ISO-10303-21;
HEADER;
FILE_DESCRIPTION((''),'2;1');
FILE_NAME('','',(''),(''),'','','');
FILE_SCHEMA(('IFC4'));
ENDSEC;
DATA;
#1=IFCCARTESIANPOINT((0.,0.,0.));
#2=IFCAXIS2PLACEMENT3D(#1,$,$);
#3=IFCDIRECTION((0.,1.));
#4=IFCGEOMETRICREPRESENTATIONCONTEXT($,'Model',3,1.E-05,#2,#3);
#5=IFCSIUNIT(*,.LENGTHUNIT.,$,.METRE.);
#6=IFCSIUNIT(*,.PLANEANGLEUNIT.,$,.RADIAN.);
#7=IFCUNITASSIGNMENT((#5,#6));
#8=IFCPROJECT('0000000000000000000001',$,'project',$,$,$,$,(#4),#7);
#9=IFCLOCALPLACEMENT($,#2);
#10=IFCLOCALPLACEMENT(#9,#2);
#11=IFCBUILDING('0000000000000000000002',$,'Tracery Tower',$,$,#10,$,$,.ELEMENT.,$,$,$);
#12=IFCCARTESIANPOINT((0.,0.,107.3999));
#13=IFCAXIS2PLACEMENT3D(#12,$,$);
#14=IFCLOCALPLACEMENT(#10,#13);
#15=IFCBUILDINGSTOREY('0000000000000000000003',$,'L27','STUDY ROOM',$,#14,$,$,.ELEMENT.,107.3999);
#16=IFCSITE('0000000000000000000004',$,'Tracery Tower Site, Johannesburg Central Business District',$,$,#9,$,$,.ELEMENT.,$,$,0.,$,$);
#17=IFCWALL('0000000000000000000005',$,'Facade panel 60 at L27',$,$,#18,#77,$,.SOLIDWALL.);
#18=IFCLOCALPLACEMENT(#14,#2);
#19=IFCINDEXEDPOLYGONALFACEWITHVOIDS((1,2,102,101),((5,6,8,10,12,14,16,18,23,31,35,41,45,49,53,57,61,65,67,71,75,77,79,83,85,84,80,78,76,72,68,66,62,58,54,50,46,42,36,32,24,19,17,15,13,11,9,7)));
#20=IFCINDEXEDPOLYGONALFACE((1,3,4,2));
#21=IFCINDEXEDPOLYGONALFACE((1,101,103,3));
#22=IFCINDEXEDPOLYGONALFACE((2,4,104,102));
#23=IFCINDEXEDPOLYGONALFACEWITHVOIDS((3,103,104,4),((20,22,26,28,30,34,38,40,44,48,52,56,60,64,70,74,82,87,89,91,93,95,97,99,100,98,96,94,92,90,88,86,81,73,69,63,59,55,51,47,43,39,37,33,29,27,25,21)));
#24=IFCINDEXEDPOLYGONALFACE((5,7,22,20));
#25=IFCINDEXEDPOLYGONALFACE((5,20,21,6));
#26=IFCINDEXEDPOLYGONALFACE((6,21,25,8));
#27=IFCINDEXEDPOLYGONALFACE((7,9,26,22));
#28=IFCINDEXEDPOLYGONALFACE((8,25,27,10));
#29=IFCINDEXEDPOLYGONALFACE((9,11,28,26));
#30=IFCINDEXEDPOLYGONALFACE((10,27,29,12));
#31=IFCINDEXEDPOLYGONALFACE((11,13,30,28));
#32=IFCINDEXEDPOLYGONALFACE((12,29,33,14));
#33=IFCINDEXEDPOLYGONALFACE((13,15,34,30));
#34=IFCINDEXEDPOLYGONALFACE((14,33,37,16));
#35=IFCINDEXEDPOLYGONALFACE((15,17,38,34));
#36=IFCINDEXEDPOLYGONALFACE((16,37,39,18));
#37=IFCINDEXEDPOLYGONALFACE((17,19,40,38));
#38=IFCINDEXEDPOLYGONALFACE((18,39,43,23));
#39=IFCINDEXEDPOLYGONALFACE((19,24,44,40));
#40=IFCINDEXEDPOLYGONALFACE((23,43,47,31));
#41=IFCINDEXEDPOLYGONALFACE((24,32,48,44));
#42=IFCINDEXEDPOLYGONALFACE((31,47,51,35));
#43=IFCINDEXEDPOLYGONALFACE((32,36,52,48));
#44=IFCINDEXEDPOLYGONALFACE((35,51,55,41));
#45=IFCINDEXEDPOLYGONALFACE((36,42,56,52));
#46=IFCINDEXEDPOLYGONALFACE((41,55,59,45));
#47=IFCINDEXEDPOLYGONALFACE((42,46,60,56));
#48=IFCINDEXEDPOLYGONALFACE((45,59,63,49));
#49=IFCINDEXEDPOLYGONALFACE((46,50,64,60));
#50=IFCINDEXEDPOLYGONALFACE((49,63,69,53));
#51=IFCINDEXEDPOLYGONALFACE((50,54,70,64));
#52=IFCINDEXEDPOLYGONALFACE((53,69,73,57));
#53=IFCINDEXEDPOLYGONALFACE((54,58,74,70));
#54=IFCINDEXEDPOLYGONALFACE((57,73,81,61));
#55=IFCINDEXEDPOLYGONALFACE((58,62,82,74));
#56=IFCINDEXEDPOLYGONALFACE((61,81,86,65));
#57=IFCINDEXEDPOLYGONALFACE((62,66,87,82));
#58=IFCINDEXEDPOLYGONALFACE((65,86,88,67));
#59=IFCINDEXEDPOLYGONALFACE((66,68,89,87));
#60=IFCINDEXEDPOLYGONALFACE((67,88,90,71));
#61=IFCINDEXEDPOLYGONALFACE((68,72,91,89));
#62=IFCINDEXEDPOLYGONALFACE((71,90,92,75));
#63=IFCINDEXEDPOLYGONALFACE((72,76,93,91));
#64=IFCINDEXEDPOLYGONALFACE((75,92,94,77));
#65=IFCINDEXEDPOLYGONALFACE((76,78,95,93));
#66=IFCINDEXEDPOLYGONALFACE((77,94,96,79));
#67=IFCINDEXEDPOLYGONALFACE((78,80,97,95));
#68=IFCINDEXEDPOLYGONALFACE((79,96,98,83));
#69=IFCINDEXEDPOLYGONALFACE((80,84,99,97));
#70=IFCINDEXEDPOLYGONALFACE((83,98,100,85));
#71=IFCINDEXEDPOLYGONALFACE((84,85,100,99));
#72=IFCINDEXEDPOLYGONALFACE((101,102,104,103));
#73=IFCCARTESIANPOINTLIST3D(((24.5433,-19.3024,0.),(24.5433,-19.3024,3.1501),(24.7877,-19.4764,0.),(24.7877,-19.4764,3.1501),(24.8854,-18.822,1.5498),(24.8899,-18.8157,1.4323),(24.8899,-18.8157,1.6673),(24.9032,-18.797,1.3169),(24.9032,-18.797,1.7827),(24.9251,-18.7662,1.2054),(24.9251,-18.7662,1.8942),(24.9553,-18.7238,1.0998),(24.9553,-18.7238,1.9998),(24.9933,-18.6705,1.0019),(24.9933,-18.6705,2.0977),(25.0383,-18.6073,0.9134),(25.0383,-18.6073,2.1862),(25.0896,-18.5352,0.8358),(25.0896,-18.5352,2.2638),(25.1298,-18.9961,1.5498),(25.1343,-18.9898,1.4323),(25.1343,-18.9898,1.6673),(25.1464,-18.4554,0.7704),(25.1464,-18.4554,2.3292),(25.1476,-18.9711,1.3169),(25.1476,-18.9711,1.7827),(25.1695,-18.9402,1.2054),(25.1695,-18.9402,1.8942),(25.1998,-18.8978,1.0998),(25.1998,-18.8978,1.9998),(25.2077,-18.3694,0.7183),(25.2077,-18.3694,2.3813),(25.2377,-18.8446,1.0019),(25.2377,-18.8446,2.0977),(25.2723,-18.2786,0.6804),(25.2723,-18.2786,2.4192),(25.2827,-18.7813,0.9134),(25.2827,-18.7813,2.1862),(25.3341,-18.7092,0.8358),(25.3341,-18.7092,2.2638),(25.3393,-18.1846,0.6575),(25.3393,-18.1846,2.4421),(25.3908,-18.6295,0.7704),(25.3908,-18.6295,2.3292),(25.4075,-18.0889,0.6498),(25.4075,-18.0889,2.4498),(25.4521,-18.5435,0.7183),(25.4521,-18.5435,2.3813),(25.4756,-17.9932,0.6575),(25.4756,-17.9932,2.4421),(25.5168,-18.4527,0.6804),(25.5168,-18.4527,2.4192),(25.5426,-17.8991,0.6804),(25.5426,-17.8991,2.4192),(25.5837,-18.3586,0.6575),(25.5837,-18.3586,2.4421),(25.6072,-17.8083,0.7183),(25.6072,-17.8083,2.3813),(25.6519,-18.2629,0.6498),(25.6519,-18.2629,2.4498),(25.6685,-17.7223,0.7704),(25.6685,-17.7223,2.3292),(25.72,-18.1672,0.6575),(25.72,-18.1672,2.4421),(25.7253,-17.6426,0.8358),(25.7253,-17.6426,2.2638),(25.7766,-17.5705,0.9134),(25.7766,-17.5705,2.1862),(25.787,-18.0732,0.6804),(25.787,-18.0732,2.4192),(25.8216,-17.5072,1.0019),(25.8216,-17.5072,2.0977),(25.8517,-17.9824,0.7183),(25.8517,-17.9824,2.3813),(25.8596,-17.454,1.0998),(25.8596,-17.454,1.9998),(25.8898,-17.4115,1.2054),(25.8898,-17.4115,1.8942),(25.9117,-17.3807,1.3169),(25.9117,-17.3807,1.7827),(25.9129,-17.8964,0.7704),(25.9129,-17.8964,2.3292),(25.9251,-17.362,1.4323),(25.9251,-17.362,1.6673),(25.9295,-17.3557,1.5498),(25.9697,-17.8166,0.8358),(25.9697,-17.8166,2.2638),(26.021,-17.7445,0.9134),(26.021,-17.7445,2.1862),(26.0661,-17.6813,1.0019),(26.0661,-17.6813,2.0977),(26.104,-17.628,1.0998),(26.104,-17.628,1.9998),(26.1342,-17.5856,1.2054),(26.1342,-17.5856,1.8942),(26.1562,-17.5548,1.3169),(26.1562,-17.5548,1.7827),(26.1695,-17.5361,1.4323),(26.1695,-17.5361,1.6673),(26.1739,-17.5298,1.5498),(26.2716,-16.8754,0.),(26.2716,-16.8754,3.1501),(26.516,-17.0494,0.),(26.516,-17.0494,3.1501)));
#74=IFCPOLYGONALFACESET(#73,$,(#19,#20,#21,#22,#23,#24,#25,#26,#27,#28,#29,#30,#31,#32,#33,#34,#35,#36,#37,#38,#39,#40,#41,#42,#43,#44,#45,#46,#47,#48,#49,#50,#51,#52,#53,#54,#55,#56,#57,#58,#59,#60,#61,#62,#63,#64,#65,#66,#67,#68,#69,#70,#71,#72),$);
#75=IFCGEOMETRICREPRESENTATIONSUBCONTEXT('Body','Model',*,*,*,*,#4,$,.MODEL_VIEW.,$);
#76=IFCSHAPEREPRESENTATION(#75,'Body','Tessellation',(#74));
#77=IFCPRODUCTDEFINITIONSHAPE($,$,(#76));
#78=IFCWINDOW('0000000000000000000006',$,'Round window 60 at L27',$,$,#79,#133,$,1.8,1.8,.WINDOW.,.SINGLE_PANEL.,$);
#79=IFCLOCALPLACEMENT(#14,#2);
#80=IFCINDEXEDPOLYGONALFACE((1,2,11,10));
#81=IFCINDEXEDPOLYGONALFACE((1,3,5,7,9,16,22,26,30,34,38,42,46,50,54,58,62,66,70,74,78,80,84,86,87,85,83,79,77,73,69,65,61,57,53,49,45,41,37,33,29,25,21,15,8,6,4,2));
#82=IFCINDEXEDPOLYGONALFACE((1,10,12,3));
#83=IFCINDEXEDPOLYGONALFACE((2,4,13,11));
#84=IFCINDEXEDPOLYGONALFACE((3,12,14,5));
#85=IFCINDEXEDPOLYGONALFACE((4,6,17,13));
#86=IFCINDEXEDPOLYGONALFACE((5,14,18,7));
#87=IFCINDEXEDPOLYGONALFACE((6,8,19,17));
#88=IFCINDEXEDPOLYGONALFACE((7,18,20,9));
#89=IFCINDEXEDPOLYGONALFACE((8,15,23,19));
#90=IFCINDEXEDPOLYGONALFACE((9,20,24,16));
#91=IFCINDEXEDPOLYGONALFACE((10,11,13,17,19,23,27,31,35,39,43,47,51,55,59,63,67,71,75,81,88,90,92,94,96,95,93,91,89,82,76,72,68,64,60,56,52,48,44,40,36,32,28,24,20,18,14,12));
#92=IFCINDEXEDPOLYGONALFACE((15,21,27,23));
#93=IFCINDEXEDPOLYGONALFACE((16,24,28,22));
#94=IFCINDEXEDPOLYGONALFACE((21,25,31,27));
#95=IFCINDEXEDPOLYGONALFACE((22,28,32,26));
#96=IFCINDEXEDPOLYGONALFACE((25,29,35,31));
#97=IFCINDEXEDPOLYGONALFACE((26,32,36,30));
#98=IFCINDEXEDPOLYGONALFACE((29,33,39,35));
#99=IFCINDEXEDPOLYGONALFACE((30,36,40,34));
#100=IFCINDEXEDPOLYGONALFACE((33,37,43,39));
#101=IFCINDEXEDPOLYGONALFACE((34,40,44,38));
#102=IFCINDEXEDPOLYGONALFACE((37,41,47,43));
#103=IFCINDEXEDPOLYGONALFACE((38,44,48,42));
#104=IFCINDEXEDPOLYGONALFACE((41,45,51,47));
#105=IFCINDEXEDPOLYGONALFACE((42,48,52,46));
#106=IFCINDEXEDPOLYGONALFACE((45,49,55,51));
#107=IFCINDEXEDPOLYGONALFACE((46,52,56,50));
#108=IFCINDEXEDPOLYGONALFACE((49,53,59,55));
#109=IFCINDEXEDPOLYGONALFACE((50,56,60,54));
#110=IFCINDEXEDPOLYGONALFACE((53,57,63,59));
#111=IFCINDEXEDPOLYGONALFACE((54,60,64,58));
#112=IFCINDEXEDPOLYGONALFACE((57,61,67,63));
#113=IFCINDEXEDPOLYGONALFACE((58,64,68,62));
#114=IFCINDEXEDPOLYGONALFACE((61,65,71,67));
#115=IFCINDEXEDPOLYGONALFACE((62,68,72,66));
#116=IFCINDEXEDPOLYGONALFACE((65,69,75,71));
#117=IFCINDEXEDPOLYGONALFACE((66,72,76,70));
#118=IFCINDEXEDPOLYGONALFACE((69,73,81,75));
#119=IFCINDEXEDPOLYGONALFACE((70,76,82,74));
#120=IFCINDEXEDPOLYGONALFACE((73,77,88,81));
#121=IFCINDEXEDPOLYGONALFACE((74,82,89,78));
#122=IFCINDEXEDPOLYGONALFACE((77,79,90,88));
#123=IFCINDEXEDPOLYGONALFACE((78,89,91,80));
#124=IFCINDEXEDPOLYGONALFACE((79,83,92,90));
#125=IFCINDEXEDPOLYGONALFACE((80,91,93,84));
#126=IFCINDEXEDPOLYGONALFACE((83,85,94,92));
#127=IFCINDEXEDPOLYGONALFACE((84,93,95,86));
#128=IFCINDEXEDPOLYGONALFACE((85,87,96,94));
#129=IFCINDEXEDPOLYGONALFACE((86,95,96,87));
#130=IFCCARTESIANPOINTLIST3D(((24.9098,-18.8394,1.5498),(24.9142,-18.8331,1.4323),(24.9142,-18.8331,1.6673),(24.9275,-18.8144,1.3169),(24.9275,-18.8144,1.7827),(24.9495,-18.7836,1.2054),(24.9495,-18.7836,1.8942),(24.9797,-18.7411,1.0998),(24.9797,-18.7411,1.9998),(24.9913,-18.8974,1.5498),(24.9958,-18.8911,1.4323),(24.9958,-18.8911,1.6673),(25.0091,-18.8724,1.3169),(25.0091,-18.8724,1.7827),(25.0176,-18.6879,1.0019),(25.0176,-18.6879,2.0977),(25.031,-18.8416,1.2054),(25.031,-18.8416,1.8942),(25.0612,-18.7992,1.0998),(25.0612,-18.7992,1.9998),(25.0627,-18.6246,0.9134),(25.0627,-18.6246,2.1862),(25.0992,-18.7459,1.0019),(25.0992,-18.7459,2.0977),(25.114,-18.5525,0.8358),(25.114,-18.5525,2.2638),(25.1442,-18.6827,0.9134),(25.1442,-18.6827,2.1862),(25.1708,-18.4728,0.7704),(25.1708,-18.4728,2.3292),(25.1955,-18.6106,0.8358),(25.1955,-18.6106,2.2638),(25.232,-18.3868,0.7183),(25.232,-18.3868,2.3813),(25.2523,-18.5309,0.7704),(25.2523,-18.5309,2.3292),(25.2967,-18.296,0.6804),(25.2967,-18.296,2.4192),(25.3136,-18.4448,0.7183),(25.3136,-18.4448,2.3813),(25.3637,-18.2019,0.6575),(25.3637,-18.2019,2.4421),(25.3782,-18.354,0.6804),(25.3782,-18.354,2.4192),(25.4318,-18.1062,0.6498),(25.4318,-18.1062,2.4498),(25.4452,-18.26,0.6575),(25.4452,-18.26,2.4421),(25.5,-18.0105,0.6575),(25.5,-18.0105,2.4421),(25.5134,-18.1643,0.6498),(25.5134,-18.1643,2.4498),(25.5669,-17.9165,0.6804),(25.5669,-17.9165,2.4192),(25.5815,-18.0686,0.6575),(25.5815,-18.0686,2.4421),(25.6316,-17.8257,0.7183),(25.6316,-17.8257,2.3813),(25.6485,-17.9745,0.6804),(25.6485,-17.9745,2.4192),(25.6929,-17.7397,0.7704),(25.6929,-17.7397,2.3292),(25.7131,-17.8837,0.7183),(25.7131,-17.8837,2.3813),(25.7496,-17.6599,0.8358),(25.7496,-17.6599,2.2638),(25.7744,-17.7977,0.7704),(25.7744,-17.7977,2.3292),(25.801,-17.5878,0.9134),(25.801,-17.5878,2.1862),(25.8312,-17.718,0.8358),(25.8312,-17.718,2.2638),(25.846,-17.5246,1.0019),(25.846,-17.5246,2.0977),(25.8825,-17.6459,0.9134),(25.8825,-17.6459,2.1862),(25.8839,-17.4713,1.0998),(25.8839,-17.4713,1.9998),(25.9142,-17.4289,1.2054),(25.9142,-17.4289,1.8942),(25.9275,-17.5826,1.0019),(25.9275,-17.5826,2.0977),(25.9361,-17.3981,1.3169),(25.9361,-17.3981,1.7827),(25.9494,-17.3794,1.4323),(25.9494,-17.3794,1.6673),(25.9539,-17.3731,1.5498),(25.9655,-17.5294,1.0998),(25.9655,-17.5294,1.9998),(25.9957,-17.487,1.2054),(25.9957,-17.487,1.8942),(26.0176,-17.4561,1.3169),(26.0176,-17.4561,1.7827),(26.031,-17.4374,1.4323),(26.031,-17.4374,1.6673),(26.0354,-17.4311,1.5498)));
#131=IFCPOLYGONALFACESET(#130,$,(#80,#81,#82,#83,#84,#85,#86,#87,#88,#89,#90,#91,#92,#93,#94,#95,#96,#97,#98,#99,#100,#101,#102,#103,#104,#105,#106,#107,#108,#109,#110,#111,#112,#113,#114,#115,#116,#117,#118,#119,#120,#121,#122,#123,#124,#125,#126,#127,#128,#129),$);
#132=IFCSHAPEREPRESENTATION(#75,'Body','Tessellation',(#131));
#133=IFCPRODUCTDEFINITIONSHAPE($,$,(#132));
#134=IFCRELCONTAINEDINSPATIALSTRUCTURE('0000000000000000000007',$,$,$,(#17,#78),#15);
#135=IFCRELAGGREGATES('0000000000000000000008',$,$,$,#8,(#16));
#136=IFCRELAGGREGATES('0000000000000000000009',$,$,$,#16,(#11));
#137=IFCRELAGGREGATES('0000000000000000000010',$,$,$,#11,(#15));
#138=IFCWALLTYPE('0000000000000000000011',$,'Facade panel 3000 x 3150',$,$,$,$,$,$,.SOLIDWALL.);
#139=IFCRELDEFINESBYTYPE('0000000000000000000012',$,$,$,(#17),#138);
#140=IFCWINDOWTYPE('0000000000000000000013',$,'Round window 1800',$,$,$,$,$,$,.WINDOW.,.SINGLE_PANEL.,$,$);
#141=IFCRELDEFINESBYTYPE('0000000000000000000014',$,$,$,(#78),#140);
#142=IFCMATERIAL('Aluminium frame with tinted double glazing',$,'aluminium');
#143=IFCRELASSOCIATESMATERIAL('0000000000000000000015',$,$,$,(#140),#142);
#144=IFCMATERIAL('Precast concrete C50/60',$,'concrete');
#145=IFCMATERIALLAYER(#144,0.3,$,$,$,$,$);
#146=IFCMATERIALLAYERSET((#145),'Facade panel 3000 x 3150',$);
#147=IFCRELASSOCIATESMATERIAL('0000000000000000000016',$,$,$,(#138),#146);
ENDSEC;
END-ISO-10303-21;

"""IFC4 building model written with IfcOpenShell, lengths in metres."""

from ifc_helpers import new_model, si_unit, direction, frame, frame_2d, origin, origin_2d, place, context, subcontext, project, spatial, rectangle, circle, extrude, material, layer, layer_set, type_object, element, fill, save


model = new_model("IFC4")

# Units and contexts
model_context = context("Model", 3, precision=1e-05, world=origin(), true_north=direction((0.0, 1.0)))
body_context = subcontext(model_context, "Body", "Model", "MODEL_VIEW")
ifc_project = project(units=[si_unit("LENGTHUNIT", "METRE"), si_unit("PLANEANGLEUNIT", "RADIAN")], contexts=[model_context])

# Site, building, storey
site_placement = place(None, origin())
site = spatial("IfcSite", under=ifc_project, at=site_placement, Name="Tracery Tower Site, Johannesburg Central Business District", CompositionType="ELEMENT", RefElevation=0.0)
building_placement = place(site_placement, origin())
building = spatial("IfcBuilding", under=site, at=building_placement, Name="Tracery Tower", CompositionType="ELEMENT")
storey_placement = place(building_placement, frame((0.0, 0.0, 107.3999)))
storey = spatial("IfcBuildingStorey", under=building, at=storey_placement, Name="L27", Description="STUDY ROOM", CompositionType="ELEMENT", Elevation=107.3999)

# Wall, opening, window
ifc_material_1 = material(Name="Aluminium frame with tinted double glazing", Category="aluminium")
window_type = type_object("IfcWindowType", Name="Round window 1800", PartitioningType="SINGLE_PANEL", PredefinedType="WINDOW", material=ifc_material_1)
ifc_material_2 = material(Name="Precast concrete C50/60", Category="concrete")
ifc_layer_1 = layer(ifc_material_2, 0.3)
ifc_layer_set_1 = layer_set([ifc_layer_1], Name="Facade panel 3000 x 3150")
wall_type_1 = type_object("IfcWallType", Name="Facade panel 3000 x 3150", PredefinedType="SOLIDWALL", material=ifc_layer_set_1)
wall_1_placement = place(storey_placement, frame((24.6655, -19.3894, 0.0), z_axis=(0.0, 0.0, 1.0), x_axis=(0.580059, 0.814574, 0.0)))
wall_1 = element("IfcWall", 1, at=wall_1_placement, inside=storey, type_object=wall_type_1, Name="Facade panel 60 at L27", PredefinedType="SOLIDWALL", context=body_context, shape_type="SweptSolid", body=[
    extrude(rectangle(XDim=2.9795, YDim=0.3, at=frame_2d((1.4897, 0.0))), origin(), (0.0, 0.0, 1.0), 3.1501),
])
opening_1_placement = place(wall_1_placement, frame((1.4897, 0.0, 1.5498)))
opening_1 = element("IfcOpeningElement", 2, at=opening_1_placement, cuts=wall_1, PredefinedType="OPENING", context=body_context, shape_type="SweptSolid", body=[
    extrude(circle(Radius=0.9, at=origin_2d()), frame((0.0, 0.1599, 0.0), z_axis=(0.0, -1.0, 0.0), x_axis=(1.0, 0.0, 0.0)), (0.0, 0.0, 1.0), 0.3201),
])
window_1_placement = place(opening_1_placement, origin())
window_1 = element("IfcWindow", 3, at=window_1_placement, inside=storey, type_object=window_type, Name="Round window 60 at L27", OverallHeight=1.8, OverallWidth=1.8, PartitioningType="SINGLE_PANEL", PredefinedType="WINDOW", context=body_context, shape_type="SweptSolid", body=[
    extrude(circle(Radius=0.9, at=origin_2d()), frame((0.0, 0.1201, 0.0), z_axis=(0.0, -1.0, 0.0), x_axis=(1.0, 0.0, 0.0)), (0.0, 0.0, 1.0), 0.1001),
])
fill(opening_1, window_1)

save(model, "model.ifc")
